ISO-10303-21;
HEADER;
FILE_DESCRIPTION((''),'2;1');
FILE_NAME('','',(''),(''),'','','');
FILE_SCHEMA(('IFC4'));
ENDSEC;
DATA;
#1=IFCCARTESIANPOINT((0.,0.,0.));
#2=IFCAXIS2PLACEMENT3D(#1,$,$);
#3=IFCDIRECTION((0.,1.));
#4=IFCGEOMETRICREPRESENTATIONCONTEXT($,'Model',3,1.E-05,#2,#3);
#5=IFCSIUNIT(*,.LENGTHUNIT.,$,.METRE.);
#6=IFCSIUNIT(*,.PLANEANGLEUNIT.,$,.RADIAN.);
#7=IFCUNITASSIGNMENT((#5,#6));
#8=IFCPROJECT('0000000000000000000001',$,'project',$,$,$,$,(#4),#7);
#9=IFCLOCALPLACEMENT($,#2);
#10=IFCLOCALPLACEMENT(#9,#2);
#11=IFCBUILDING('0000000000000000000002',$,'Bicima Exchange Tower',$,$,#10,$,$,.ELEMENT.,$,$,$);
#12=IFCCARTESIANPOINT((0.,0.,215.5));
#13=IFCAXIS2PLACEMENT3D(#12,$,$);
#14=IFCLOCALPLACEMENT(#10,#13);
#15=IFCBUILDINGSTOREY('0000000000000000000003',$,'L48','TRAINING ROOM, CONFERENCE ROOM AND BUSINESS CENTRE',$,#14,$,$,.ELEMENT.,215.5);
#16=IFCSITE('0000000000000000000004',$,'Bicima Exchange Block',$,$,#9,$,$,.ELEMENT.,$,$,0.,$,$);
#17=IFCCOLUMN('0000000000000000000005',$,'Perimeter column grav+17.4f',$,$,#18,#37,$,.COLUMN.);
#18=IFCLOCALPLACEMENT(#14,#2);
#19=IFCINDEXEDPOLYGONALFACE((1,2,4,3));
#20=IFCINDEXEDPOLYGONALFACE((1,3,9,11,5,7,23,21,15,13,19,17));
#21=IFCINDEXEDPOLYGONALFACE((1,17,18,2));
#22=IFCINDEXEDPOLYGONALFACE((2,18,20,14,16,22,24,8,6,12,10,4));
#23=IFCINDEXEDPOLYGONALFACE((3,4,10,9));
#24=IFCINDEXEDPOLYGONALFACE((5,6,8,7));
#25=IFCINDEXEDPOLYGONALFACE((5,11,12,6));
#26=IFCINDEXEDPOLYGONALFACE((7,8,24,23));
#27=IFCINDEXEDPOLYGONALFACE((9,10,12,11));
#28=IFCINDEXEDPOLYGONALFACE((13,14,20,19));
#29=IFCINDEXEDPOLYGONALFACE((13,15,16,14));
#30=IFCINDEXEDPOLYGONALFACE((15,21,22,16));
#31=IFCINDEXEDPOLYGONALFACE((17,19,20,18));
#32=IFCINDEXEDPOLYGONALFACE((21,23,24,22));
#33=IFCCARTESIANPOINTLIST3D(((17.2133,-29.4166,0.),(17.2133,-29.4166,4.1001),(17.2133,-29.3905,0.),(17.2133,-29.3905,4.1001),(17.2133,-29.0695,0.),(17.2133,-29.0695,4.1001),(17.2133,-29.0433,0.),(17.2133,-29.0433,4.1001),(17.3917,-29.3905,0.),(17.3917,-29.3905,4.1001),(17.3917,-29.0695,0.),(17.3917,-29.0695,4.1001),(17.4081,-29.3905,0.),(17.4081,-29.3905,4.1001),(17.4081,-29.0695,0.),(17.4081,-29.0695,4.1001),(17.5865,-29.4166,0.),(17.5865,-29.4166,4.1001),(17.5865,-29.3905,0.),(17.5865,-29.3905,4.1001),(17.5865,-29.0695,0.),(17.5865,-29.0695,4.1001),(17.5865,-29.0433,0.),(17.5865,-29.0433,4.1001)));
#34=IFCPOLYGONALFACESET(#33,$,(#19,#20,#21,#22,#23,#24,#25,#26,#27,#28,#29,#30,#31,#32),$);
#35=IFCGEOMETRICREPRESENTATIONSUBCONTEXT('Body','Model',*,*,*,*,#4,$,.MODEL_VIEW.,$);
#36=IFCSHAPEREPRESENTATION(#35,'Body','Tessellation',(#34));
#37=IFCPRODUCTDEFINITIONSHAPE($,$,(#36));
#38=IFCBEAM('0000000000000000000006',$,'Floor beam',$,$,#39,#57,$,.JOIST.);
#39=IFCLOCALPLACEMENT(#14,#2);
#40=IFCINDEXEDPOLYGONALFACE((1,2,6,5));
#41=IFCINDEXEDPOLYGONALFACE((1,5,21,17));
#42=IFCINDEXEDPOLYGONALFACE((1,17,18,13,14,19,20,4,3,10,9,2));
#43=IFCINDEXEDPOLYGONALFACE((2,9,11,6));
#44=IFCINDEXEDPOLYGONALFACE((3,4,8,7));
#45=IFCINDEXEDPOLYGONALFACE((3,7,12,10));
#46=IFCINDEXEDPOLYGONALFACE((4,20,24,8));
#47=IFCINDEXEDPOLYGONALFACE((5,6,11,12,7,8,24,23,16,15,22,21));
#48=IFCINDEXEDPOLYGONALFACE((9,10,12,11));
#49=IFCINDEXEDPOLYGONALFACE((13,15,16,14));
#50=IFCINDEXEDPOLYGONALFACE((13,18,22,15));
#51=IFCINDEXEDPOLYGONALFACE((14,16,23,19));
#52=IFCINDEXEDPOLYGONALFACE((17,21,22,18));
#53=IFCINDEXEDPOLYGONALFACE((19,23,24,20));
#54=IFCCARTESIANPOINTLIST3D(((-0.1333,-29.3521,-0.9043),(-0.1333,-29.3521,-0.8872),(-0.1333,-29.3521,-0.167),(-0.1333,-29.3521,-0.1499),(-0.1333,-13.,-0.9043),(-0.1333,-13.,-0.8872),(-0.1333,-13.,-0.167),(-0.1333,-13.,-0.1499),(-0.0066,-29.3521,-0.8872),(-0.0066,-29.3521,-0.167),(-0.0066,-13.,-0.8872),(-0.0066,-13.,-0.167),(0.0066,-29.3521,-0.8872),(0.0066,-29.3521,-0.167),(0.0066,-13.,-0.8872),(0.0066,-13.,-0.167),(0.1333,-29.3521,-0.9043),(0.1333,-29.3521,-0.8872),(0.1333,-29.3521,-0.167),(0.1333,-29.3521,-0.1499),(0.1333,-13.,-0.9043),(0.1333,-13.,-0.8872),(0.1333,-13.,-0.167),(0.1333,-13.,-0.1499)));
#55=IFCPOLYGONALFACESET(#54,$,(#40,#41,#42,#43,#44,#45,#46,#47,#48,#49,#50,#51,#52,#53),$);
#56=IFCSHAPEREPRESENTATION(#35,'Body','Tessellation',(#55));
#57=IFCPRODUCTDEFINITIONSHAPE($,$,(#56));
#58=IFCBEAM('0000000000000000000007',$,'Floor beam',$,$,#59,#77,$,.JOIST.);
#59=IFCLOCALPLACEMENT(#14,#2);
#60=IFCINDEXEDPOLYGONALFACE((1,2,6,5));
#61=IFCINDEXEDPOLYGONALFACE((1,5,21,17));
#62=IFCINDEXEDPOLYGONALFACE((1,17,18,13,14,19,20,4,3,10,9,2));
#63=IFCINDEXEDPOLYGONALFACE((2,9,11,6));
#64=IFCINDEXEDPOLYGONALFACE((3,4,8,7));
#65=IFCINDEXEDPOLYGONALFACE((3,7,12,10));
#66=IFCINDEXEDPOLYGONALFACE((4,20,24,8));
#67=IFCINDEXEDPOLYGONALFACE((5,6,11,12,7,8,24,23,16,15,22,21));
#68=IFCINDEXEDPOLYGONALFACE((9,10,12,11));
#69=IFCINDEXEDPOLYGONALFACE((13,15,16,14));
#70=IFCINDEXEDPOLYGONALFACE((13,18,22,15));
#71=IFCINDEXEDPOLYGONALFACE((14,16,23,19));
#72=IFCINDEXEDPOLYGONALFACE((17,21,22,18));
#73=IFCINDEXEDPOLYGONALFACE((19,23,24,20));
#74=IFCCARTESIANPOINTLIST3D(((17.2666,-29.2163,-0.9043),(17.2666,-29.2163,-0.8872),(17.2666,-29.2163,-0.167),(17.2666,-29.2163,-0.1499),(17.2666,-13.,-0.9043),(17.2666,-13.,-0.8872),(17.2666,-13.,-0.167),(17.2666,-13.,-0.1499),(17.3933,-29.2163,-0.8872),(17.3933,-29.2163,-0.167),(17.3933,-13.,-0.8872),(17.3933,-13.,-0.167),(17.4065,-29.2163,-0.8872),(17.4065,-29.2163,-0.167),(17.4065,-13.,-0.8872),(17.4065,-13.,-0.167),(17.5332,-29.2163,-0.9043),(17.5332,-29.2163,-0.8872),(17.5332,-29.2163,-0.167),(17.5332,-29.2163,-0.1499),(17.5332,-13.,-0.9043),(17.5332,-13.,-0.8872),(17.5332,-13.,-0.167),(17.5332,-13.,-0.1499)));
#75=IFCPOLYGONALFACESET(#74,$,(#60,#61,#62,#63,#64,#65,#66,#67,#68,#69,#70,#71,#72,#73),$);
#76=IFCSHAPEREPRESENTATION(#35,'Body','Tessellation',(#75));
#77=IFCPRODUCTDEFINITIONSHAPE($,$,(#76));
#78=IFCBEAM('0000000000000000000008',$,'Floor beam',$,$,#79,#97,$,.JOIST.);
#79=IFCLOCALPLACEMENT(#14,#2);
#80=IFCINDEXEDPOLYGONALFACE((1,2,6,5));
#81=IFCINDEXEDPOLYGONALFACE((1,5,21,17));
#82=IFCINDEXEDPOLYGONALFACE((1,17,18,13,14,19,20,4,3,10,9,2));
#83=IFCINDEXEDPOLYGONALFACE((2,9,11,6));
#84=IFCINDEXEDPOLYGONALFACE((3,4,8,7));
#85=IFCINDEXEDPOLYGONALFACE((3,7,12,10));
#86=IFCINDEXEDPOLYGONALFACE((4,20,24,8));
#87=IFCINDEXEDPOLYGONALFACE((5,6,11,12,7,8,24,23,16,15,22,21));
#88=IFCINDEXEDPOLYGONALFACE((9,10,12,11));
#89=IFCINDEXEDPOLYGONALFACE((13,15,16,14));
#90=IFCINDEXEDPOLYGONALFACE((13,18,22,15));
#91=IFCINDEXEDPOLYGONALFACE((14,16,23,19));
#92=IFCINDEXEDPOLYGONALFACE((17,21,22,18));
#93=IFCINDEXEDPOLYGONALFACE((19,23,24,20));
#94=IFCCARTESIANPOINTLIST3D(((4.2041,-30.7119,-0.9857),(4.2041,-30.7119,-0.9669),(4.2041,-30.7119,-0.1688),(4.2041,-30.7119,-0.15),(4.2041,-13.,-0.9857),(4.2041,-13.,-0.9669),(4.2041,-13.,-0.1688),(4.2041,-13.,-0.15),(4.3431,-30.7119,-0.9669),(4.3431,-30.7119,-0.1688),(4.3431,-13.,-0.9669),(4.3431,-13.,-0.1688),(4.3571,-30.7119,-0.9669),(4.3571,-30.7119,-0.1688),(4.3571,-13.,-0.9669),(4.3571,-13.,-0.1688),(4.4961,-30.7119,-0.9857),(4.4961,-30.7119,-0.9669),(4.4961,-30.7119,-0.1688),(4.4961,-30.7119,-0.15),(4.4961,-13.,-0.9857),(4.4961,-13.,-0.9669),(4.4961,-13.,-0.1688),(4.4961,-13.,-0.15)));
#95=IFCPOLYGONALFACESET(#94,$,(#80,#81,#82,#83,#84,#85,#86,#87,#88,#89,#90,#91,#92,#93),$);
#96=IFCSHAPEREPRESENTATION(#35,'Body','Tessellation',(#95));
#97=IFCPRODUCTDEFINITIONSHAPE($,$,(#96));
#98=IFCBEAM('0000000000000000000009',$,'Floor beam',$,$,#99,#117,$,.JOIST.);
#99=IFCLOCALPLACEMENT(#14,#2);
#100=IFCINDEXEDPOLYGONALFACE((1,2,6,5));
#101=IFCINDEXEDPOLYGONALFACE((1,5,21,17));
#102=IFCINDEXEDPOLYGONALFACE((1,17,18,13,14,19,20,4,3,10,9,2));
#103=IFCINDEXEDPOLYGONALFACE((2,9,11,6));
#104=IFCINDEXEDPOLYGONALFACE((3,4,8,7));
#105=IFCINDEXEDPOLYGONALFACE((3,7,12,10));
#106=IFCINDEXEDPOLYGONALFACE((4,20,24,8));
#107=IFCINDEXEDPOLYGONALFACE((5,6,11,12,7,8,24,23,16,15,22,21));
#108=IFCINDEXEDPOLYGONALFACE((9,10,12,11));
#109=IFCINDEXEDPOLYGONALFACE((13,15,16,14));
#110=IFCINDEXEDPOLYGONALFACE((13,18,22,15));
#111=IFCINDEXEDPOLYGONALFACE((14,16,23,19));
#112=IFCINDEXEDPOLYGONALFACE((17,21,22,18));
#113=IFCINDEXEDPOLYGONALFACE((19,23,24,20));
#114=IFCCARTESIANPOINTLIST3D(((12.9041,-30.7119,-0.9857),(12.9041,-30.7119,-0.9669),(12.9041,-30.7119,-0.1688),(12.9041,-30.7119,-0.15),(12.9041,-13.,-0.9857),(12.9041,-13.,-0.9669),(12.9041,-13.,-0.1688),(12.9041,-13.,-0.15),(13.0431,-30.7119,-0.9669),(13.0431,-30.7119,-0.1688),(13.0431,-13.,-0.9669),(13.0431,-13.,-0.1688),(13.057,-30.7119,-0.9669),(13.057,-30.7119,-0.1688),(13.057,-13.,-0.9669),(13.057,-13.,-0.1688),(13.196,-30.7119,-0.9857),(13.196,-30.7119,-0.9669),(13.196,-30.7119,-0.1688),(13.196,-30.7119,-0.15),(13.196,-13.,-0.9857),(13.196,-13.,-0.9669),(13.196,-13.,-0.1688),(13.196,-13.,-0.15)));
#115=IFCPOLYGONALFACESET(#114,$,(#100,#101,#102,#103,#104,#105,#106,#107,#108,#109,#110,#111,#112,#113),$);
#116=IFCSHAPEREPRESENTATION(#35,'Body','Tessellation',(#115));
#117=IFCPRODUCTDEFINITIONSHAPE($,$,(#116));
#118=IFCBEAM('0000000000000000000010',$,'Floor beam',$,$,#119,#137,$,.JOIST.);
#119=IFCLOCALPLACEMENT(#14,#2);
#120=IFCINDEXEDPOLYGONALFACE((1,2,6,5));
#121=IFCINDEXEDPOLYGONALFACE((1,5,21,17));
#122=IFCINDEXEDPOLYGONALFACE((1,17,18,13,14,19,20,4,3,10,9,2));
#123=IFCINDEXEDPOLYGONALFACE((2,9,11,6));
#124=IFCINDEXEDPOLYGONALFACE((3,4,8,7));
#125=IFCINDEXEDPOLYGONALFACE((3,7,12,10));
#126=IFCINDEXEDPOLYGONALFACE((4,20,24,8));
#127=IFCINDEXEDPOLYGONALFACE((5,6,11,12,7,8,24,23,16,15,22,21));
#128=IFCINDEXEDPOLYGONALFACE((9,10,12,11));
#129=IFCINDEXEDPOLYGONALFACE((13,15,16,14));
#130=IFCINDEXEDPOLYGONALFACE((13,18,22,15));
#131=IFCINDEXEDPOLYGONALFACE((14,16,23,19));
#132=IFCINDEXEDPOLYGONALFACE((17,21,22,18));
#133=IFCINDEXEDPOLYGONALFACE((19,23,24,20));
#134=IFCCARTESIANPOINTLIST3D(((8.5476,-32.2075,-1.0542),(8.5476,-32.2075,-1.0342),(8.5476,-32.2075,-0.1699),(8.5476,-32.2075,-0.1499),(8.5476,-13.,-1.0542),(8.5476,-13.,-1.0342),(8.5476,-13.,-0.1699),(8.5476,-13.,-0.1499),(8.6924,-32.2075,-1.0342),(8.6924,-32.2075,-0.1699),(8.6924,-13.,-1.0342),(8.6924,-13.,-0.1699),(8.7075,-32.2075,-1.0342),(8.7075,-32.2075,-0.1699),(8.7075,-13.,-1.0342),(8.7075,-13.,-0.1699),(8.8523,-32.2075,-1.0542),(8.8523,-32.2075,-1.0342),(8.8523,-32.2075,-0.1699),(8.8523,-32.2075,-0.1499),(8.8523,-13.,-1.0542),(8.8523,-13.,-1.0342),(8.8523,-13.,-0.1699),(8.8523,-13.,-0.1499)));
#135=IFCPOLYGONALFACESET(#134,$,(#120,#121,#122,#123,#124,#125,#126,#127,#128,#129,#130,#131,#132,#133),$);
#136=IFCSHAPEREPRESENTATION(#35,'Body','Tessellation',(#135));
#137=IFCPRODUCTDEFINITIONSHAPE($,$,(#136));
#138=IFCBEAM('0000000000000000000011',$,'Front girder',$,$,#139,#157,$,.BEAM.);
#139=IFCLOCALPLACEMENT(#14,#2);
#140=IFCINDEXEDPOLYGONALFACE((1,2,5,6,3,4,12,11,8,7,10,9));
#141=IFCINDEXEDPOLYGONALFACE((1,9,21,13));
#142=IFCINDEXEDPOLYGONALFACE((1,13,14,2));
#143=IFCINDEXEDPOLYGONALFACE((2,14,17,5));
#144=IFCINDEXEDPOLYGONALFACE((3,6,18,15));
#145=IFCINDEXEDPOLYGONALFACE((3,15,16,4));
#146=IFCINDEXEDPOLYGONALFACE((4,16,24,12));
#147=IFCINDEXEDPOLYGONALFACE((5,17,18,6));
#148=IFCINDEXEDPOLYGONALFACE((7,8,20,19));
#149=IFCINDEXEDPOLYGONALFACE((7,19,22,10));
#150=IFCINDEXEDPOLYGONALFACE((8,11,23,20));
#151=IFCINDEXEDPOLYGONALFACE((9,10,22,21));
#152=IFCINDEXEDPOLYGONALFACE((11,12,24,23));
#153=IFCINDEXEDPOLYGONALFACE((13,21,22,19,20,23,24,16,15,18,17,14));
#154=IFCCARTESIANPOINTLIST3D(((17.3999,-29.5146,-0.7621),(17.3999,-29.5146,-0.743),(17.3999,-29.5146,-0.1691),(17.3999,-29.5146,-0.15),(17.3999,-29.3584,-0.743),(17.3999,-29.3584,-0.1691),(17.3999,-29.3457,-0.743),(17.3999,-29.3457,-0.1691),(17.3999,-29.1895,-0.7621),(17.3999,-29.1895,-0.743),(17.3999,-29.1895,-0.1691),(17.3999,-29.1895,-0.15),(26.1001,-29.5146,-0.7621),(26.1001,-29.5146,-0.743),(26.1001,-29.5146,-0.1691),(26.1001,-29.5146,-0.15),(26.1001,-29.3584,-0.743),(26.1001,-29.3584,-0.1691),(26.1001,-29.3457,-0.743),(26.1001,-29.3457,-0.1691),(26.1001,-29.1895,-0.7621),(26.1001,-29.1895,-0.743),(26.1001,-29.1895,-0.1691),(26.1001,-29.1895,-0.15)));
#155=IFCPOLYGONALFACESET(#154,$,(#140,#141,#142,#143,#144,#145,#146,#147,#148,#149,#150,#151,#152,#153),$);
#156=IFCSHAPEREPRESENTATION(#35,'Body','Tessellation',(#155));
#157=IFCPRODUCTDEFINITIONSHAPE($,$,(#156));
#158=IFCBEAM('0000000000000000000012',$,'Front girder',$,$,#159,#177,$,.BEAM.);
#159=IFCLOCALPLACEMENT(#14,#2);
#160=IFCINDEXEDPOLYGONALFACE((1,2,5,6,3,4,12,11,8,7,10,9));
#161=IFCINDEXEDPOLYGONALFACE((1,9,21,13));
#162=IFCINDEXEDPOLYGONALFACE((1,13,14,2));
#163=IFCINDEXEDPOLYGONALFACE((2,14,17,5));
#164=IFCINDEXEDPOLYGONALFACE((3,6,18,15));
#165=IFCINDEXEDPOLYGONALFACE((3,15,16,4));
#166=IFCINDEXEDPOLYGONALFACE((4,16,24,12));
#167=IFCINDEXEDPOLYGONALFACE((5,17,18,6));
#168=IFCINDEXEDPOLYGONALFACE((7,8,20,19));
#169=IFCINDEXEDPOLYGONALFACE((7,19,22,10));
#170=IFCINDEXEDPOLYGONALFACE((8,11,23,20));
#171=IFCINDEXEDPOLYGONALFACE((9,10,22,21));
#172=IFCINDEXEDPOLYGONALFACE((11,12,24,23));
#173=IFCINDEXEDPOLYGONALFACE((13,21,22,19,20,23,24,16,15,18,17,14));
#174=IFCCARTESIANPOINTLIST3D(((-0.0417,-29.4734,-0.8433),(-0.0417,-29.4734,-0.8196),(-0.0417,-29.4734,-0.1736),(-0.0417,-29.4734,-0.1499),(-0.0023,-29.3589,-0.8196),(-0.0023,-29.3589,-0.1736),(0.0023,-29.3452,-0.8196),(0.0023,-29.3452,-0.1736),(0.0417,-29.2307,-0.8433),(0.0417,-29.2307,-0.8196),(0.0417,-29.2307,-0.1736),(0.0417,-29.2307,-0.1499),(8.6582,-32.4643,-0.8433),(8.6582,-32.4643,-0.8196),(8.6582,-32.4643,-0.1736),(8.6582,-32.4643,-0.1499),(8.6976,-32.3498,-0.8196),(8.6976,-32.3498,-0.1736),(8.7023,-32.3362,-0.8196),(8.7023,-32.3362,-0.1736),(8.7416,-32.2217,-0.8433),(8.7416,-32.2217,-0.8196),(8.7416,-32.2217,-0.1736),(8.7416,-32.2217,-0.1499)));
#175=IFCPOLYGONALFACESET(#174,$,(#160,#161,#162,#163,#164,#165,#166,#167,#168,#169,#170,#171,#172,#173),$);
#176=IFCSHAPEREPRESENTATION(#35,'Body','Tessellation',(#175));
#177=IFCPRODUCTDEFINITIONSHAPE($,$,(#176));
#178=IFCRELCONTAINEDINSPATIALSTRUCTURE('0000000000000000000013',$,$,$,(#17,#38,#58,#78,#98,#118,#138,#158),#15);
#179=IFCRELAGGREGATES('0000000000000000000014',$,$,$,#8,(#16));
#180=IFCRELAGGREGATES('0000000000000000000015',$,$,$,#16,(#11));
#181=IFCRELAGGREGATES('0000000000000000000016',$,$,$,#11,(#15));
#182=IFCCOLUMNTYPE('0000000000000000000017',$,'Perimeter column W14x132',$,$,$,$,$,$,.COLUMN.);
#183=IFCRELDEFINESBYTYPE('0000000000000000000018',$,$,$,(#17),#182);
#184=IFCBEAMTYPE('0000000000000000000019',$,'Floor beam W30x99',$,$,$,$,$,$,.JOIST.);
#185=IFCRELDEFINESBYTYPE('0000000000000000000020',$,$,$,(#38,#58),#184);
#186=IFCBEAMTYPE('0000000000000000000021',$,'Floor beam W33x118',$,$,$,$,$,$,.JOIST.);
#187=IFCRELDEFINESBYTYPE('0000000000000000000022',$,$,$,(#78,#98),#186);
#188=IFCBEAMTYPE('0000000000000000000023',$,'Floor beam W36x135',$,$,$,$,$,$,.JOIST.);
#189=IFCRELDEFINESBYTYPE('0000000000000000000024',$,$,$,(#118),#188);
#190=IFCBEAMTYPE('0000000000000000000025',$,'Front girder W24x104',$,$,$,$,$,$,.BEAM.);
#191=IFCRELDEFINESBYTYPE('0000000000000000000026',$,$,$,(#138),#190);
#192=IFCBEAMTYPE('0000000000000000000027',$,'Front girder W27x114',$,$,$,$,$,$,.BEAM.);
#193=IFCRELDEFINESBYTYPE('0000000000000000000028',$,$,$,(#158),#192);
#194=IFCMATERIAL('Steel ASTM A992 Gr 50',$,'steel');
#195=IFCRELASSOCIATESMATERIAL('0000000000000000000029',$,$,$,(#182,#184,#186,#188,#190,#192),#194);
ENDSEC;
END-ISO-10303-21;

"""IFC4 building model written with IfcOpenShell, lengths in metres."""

from ifc_helpers import new_model, si_unit, direction, frame, origin, origin_2d, place, context, subcontext, project, spatial, i_section, extrude, material, material_profile, profile_set, type_object, element, save


model = new_model("IFC4")

# Units and contexts
model_context = context("Model", 3, precision=1e-05, world=origin(), true_north=direction((0.0, 1.0)))
body_context = subcontext(model_context, "Body", "Model", "MODEL_VIEW")
ifc_project = project(units=[si_unit("LENGTHUNIT", "METRE"), si_unit("PLANEANGLEUNIT", "RADIAN")], contexts=[model_context])

# Site, building, storey
site_placement = place(None, origin())
site = spatial("IfcSite", under=ifc_project, at=site_placement, Name="Bicima Exchange Block", CompositionType="ELEMENT", RefElevation=0.0)
building_placement = place(site_placement, origin())
building = spatial("IfcBuilding", under=site, at=building_placement, Name="Bicima Exchange Tower", CompositionType="ELEMENT")
storey_placement = place(building_placement, frame((0.0, 0.0, 215.5)))
storey = spatial("IfcBuildingStorey", under=building, at=storey_placement, Name="L48", Description="TRAINING ROOM, CONFERENCE ROOM AND BUSINESS CENTRE", CompositionType="ELEMENT", Elevation=215.5)

# Column
ifc_material_1 = material(Name="Steel ASTM A992 Gr 50", Category="steel")
ifc_material_profile_1 = material_profile(ifc_material_1, i_section(OverallWidth=0.3733, OverallDepth=0.3733, WebThickness=0.0164, FlangeThickness=0.0261, at=origin_2d()))
ifc_profile_set_1 = profile_set([ifc_material_profile_1], Name="Steel ASTM A992 Gr 50")
column_type = type_object("IfcColumnType", Name="Perimeter column W14x132", PredefinedType="COLUMN", material=ifc_profile_set_1)
column_placement = place(storey_placement, frame((17.3999, -29.23, 0.0), z_axis=(0.0, 0.0, 1.0), x_axis=(1.0, 0.0, 0.0)))
element("IfcColumn", 1, at=column_placement, inside=storey, type_object=column_type, Name="Perimeter column grav+17.4f", PredefinedType="COLUMN", context=body_context, shape_type="SweptSolid", body=[
    extrude(i_section(OverallWidth=0.3733, OverallDepth=0.3733, WebThickness=0.0164, FlangeThickness=0.0261, at=origin_2d()), origin(), (0.0, 0.0, 1.0), 4.1001),
])

# Beams
ifc_material_profile_2 = material_profile(ifc_material_1, i_section(OverallWidth=0.2666, OverallDepth=0.7544, WebThickness=0.0132, FlangeThickness=0.0171, at=origin_2d()))
ifc_profile_set_2 = profile_set([ifc_material_profile_2], Name="Steel ASTM A992 Gr 50")
beam_type_1 = type_object("IfcBeamType", Name="Floor beam W30x99", PredefinedType="JOIST", material=ifc_profile_set_2)
beam_1_placement = place(storey_placement, frame((0.0, -13.0, -0.5271), z_axis=(0.0, -1.0, 0.0), x_axis=(1.0, 0.0, 0.0)))
element("IfcBeam", 2, at=beam_1_placement, inside=storey, type_object=beam_type_1, Name="Floor beam", PredefinedType="JOIST", context=body_context, shape_type="SweptSolid", body=[
    extrude(i_section(OverallWidth=0.2666, OverallDepth=0.7544, WebThickness=0.0132, FlangeThickness=0.0171, at=origin_2d()), origin(), (0.0, 0.0, 1.0), 16.3521),
])
beam_2_placement = place(storey_placement, frame((17.3999, -13.0, -0.5271), z_axis=(0.0, -1.0, 0.0), x_axis=(1.0, 0.0, 0.0)))
element("IfcBeam", 3, at=beam_2_placement, inside=storey, type_object=beam_type_1, Name="Floor beam", PredefinedType="JOIST", context=body_context, shape_type="SweptSolid", body=[
    extrude(i_section(OverallWidth=0.2666, OverallDepth=0.7544, WebThickness=0.0132, FlangeThickness=0.0171, at=origin_2d()), origin(), (0.0, 0.0, 1.0), 16.2163),
])
ifc_material_profile_3 = material_profile(ifc_material_1, i_section(OverallWidth=0.292, OverallDepth=0.8357, WebThickness=0.0139, FlangeThickness=0.0188, at=origin_2d()))
ifc_profile_set_3 = profile_set([ifc_material_profile_3], Name="Steel ASTM A992 Gr 50")
beam_type_2 = type_object("IfcBeamType", Name="Floor beam W33x118", PredefinedType="JOIST", material=ifc_profile_set_3)
for number, where, z_axis, x_axis, name in (
    (4, (4.3501, -13.0, -0.5679), (0.0, -1.0, 0.0), (1.0, 0.0, 0.0), "Floor beam"),
    (5, (13.05, -13.0, -0.5679), (0.0, -1.0, 0.0), (1.0, 0.0, 0.0), "Floor beam"),
):
    element("IfcBeam", number, at=place(storey_placement, frame(where, z_axis=z_axis, x_axis=x_axis)), inside=storey, type_object=beam_type_2, Name=name, PredefinedType="JOIST", context=body_context, shape_type="SweptSolid", body=[
        extrude(i_section(OverallWidth=0.292, OverallDepth=0.8357, WebThickness=0.0139, FlangeThickness=0.0188, at=origin_2d()), origin(), (0.0, 0.0, 1.0), 17.7119),
    ])
ifc_material_profile_4 = material_profile(ifc_material_1, i_section(OverallWidth=0.3047, OverallDepth=0.9043, WebThickness=0.0151, FlangeThickness=0.02, at=origin_2d()))
ifc_profile_set_4 = profile_set([ifc_material_profile_4], Name="Steel ASTM A992 Gr 50")
beam_type_3 = type_object("IfcBeamType", Name="Floor beam W36x135", PredefinedType="JOIST", material=ifc_profile_set_4)
beam_3_placement = place(storey_placement, frame((8.7, -13.0, -0.6021), z_axis=(0.0, -1.0, 0.0), x_axis=(1.0, 0.0, 0.0)))
element("IfcBeam", 6, at=beam_3_placement, inside=storey, type_object=beam_type_3, Name="Floor beam", PredefinedType="JOIST", context=body_context, shape_type="SweptSolid", body=[
    extrude(i_section(OverallWidth=0.3047, OverallDepth=0.9043, WebThickness=0.0151, FlangeThickness=0.02, at=origin_2d()), origin(), (0.0, 0.0, 1.0), 19.2075),
])
ifc_material_profile_5 = material_profile(ifc_material_1, i_section(OverallWidth=0.3252, OverallDepth=0.6121, WebThickness=0.0127, FlangeThickness=0.019, at=origin_2d()))
ifc_profile_set_5 = profile_set([ifc_material_profile_5], Name="Steel ASTM A992 Gr 50")
beam_type_4 = type_object("IfcBeamType", Name="Front girder W24x104", PredefinedType="BEAM", material=ifc_profile_set_5)
beam_4_placement = place(storey_placement, frame((17.3999, -29.3521, -0.4561), z_axis=(1.0, 0.0, 0.0), x_axis=(0.0, 1.0, 0.0)))
element("IfcBeam", 7, at=beam_4_placement, inside=storey, type_object=beam_type_4, Name="Front girder", PredefinedType="BEAM", context=body_context, shape_type="SweptSolid", body=[
    extrude(i_section(OverallWidth=0.3252, OverallDepth=0.6121, WebThickness=0.0127, FlangeThickness=0.019, at=origin_2d()), origin(), (0.0, 0.0, 1.0), 8.7002),
])
ifc_material_profile_6 = material_profile(ifc_material_1, i_section(OverallWidth=0.2566, OverallDepth=0.6934, WebThickness=0.0144, FlangeThickness=0.0237, at=origin_2d()))
ifc_profile_set_6 = profile_set([ifc_material_profile_6], Name="Steel ASTM A992 Gr 50")
beam_type_5 = type_object("IfcBeamType", Name="Front girder W27x114", PredefinedType="BEAM", material=ifc_profile_set_6)
beam_5_placement = place(storey_placement, frame((0.0, -29.3521, -0.4966), z_axis=(0.945675, -0.325115, 0.0), x_axis=(0.325115, 0.945675, 0.0)))
element("IfcBeam", 8, at=beam_5_placement, inside=storey, type_object=beam_type_5, Name="Front girder", PredefinedType="BEAM", context=body_context, shape_type="SweptSolid", body=[
    extrude(i_section(OverallWidth=0.2566, OverallDepth=0.6934, WebThickness=0.0144, FlangeThickness=0.0237, at=origin_2d()), origin(), (0.0, 0.0, 1.0), 9.1997),
])

save(model, "model.ifc")
